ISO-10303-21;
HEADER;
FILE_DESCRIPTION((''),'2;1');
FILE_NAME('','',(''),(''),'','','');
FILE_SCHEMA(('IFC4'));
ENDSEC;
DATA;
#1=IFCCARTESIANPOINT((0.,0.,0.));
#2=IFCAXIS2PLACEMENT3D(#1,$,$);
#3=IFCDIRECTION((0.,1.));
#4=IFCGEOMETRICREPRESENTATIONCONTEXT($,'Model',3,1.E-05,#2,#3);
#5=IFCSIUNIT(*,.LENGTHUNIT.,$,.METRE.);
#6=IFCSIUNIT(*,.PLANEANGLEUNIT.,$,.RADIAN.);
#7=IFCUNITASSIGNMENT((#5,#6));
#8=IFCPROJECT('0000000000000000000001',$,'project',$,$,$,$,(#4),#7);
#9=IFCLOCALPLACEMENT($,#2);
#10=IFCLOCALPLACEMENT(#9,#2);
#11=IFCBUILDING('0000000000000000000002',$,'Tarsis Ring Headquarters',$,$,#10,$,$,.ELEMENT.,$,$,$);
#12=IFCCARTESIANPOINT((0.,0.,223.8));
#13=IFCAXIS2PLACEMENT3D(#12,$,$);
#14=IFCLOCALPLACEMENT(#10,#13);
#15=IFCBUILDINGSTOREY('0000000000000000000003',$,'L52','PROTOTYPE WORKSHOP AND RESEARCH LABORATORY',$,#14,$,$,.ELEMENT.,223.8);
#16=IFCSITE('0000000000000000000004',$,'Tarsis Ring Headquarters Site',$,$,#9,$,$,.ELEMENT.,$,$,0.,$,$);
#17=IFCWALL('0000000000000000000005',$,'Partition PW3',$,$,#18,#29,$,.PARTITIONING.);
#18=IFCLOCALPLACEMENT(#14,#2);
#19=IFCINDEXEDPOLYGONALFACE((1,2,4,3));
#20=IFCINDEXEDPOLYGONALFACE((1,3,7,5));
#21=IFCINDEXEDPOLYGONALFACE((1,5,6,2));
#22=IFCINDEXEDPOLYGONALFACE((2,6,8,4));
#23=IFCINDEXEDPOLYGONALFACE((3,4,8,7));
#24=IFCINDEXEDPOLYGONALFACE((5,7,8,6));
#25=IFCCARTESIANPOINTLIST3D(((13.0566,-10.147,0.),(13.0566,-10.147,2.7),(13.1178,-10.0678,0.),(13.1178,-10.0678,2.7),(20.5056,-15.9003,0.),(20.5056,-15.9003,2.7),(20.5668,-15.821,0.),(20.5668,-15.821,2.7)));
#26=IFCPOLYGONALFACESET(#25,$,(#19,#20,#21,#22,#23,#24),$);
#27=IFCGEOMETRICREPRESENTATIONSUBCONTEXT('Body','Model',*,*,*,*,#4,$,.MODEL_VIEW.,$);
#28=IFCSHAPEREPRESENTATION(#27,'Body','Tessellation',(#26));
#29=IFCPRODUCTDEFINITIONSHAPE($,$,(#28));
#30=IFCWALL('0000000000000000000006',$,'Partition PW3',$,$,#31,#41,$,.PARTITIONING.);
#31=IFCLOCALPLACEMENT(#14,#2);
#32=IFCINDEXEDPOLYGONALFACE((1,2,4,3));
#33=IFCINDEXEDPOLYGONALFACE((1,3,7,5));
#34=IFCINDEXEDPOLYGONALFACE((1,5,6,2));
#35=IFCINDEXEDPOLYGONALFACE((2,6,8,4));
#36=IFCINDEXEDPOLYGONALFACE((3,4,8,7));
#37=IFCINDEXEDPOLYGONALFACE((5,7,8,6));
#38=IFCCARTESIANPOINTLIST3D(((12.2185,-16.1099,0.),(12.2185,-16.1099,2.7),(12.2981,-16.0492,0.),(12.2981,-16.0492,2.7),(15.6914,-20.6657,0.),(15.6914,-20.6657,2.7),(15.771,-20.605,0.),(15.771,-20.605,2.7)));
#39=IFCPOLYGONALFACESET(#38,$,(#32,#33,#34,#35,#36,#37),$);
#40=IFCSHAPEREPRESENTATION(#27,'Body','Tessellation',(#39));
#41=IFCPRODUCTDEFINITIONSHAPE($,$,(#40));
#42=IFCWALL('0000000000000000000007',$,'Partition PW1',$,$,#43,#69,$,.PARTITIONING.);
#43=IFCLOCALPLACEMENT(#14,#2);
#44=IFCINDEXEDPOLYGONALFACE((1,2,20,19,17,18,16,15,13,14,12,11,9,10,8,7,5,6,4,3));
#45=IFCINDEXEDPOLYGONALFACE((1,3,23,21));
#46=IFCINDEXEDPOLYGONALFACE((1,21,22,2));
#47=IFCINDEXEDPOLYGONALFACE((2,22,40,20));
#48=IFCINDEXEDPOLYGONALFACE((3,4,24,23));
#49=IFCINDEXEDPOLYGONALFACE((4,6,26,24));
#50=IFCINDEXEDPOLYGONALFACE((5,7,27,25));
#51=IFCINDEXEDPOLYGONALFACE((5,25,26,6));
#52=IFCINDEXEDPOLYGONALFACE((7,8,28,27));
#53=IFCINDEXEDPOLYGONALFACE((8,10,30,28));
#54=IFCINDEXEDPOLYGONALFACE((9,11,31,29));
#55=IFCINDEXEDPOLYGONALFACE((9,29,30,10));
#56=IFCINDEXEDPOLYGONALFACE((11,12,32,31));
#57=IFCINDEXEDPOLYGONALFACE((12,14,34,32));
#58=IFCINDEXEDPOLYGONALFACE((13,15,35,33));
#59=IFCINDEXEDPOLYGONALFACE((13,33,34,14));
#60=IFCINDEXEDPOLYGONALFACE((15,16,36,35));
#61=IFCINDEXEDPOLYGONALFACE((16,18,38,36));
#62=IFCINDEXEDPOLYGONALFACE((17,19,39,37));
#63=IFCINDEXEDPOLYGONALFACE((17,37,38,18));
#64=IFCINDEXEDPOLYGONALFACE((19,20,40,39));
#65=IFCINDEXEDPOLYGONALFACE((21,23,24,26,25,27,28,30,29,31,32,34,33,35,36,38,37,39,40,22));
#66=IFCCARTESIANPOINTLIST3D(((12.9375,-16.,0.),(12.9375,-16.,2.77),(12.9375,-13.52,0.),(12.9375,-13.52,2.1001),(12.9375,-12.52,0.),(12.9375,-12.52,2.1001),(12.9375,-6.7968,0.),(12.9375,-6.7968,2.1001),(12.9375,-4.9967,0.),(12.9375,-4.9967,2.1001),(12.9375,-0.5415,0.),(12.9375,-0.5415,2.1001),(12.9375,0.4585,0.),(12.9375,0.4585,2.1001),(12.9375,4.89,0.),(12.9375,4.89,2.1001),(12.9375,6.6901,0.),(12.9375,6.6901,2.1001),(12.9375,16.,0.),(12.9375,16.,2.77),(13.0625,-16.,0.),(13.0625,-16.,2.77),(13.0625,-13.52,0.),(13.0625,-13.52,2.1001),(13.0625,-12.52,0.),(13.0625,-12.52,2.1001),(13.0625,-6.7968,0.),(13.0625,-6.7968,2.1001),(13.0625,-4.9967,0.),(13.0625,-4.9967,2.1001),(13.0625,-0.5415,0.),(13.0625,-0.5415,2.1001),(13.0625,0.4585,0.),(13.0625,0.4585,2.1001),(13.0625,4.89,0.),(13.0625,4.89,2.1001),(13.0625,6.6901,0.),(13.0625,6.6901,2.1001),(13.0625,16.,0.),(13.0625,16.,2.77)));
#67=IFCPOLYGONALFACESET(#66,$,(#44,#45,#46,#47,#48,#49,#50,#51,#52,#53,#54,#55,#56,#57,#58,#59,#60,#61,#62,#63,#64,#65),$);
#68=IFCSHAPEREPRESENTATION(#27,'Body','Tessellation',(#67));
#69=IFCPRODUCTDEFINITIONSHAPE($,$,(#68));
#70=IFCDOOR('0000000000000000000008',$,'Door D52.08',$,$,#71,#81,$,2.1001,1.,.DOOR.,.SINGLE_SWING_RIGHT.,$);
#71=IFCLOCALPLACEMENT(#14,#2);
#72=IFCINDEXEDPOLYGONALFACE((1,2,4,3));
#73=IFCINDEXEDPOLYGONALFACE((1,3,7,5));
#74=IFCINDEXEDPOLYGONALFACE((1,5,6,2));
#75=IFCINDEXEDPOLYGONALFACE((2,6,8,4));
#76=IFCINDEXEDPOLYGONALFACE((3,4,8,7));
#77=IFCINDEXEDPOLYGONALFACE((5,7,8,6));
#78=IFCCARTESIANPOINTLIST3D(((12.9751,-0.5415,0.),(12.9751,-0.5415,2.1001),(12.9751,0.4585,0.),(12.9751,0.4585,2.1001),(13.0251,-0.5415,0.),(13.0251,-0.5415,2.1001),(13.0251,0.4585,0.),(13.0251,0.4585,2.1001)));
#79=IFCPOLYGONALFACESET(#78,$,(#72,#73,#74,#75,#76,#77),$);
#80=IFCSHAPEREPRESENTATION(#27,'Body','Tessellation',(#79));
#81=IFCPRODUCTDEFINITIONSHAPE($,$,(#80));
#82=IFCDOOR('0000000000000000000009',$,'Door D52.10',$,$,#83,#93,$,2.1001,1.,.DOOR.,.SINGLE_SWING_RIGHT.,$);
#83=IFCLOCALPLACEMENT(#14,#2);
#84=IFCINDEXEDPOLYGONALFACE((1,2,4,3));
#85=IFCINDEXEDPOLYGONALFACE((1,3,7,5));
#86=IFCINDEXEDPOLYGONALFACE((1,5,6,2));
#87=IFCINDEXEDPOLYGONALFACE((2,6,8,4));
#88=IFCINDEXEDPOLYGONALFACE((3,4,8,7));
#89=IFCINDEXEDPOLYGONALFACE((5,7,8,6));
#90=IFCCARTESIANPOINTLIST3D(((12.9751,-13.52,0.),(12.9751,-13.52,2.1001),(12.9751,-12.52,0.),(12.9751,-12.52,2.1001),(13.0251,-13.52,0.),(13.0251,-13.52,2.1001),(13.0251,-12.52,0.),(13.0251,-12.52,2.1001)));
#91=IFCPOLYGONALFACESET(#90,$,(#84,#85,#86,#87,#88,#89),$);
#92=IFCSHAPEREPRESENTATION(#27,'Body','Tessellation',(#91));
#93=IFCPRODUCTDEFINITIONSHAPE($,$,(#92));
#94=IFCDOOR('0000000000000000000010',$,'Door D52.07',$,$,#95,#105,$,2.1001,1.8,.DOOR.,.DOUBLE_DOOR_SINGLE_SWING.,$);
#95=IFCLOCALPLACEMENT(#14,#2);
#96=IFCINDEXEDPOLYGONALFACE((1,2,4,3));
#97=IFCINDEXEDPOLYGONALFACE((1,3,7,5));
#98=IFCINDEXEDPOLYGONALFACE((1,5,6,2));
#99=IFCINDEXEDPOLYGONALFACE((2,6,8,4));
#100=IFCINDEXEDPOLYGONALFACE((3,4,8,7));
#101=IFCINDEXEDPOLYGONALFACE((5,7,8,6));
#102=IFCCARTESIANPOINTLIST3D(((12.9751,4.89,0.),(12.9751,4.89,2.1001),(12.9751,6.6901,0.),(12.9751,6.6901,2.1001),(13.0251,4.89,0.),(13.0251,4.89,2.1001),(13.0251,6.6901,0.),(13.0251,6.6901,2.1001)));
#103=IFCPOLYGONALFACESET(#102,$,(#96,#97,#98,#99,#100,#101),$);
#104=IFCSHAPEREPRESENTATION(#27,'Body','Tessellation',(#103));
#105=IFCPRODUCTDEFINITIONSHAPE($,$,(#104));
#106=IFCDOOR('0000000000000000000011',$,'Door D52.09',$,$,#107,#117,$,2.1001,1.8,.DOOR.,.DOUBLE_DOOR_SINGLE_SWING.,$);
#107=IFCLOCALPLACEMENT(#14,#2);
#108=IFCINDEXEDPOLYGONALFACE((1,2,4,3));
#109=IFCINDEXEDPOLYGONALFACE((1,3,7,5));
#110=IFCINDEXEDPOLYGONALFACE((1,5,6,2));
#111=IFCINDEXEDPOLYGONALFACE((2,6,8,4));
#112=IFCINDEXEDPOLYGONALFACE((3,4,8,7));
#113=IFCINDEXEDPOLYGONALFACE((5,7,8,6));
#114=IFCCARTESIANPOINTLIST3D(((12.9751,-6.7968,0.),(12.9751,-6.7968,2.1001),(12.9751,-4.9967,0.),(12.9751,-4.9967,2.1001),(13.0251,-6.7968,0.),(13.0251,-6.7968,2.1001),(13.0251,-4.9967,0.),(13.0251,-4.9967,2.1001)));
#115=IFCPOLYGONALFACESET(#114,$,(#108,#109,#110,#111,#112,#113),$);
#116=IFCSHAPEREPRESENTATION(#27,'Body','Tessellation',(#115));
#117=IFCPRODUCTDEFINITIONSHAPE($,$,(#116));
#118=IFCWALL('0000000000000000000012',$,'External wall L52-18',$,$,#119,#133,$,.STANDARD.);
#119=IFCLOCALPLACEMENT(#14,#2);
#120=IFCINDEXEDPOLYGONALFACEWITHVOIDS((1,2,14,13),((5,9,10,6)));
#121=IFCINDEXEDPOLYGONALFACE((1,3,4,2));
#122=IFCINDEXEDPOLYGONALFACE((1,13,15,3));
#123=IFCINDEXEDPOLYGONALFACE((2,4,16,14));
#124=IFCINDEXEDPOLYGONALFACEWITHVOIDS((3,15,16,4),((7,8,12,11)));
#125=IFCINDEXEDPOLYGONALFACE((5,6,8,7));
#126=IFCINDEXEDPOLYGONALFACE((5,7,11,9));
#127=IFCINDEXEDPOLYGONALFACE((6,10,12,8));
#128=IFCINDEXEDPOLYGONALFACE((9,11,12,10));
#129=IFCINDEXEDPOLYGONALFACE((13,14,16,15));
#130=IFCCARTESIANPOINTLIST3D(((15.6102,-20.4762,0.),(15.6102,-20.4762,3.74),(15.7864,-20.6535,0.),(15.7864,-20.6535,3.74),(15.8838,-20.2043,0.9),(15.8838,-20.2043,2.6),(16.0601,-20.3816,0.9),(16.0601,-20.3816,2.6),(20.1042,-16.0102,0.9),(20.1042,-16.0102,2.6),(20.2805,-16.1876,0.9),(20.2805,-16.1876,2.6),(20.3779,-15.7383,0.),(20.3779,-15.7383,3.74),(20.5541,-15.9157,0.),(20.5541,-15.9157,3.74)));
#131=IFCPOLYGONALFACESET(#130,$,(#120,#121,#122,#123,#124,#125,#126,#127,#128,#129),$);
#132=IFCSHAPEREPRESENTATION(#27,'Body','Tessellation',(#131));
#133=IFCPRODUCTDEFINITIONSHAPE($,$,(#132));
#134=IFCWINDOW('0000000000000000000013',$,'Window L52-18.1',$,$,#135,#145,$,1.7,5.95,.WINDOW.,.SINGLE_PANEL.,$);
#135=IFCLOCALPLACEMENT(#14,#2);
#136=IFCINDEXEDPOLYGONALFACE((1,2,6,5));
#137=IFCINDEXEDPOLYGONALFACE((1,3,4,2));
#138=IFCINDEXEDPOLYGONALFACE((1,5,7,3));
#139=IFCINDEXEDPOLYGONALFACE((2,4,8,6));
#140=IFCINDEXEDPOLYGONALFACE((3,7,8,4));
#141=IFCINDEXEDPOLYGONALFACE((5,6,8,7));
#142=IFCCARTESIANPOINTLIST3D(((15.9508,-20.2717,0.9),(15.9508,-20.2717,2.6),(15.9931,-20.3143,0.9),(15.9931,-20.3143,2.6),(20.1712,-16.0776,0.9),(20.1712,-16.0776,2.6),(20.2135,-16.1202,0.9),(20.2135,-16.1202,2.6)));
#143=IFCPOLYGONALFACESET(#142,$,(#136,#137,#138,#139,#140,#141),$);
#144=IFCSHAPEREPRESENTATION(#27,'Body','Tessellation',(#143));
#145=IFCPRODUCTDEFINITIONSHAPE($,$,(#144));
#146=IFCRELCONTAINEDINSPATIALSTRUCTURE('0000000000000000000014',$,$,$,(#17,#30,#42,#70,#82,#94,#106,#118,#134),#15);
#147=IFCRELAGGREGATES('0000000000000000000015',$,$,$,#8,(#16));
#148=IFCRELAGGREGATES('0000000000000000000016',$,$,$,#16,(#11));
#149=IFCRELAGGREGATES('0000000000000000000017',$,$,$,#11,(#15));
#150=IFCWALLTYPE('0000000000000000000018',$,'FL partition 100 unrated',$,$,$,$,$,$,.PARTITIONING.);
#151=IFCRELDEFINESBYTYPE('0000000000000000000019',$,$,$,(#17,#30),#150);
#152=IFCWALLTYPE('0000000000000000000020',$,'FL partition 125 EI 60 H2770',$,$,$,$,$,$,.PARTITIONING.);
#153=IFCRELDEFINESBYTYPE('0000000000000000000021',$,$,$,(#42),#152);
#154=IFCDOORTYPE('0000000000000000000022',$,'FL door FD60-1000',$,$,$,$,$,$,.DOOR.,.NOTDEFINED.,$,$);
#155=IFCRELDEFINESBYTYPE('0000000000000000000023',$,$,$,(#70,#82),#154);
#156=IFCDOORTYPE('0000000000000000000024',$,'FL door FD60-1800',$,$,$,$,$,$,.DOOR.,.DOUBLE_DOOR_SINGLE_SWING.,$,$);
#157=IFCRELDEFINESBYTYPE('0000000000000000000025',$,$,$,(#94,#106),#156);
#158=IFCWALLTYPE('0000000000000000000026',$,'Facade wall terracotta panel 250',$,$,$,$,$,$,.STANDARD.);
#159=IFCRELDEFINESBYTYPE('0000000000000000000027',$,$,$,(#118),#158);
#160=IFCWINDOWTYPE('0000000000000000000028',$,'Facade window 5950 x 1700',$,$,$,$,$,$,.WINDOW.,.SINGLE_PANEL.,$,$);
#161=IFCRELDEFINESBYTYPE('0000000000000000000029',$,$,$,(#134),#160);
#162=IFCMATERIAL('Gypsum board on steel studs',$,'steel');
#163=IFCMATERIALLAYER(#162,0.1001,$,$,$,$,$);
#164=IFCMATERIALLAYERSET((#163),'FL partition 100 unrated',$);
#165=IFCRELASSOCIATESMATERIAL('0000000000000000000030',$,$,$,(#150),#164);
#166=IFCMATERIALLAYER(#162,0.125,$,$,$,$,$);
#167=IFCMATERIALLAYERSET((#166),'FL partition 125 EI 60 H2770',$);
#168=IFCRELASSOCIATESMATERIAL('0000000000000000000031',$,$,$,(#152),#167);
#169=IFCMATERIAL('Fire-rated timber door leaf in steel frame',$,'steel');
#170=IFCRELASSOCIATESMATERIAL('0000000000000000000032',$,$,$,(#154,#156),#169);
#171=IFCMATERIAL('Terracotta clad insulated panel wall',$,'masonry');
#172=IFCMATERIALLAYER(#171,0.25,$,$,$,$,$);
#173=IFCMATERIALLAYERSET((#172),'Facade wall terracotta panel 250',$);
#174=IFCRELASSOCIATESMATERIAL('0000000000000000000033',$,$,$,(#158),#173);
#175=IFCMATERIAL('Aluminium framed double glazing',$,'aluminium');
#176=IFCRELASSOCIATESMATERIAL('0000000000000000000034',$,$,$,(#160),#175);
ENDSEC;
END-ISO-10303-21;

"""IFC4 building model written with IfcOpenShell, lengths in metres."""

from ifc_helpers import new_model, si_unit, direction, frame, frame_2d, origin, place, context, subcontext, project, spatial, rectangle, extrude, material, layer, layer_set, type_object, element, fill, save


model = new_model("IFC4")

# Units and contexts
model_context = context("Model", 3, precision=1e-05, world=origin(), true_north=direction((0.0, 1.0)))
body_context = subcontext(model_context, "Body", "Model", "MODEL_VIEW")
ifc_project = project(units=[si_unit("LENGTHUNIT", "METRE"), si_unit("PLANEANGLEUNIT", "RADIAN")], contexts=[model_context])

# Site, building, storey
site_placement = place(None, origin())
site = spatial("IfcSite", under=ifc_project, at=site_placement, Name="Tarsis Ring Headquarters Site", CompositionType="ELEMENT", RefElevation=0.0)
building_placement = place(site_placement, origin())
building = spatial("IfcBuilding", under=site, at=building_placement, Name="Tarsis Ring Headquarters", CompositionType="ELEMENT")
storey_placement = place(building_placement, frame((0.0, 0.0, 223.8)))
storey = spatial("IfcBuildingStorey", under=building, at=storey_placement, Name="L52", Description="PROTOTYPE WORKSHOP AND RESEARCH LABORATORY", CompositionType="ELEMENT", Elevation=223.8)

# Walls
ifc_material_1 = material(Name="Gypsum board on steel studs", Category="steel")
ifc_layer_1 = layer(ifc_material_1, 0.1001)
ifc_layer_set_1 = layer_set([ifc_layer_1], Name="FL partition 100 unrated")
wall_type_1 = type_object("IfcWallType", Name="FL partition 100 unrated", PredefinedType="PARTITIONING", material=ifc_layer_set_1)
wall_1_placement = place(storey_placement, frame((13.0872, -10.1074, 0.0), z_axis=(0.0, 0.0, 1.0), x_axis=(0.791432, -0.611258, 0.0)))
element("IfcWall", 1, at=wall_1_placement, inside=storey, type_object=wall_type_1, Name="Partition PW3", PredefinedType="PARTITIONING", context=body_context, shape_type="SweptSolid", body=[
    extrude(rectangle(XDim=9.4121, YDim=0.1001, at=frame_2d((4.7061, 0.0))), origin(), (0.0, 0.0, 1.0), 2.7),
])
wall_2_placement = place(storey_placement, frame((12.2583, -16.0796, 0.0), z_axis=(0.0, 0.0, 1.0), x_axis=(0.606255, -0.79527, 0.0)))
element("IfcWall", 2, at=wall_2_placement, inside=storey, type_object=wall_type_1, Name="Partition PW3", PredefinedType="PARTITIONING", context=body_context, shape_type="SweptSolid", body=[
    extrude(rectangle(XDim=5.7285, YDim=0.1001, at=frame_2d((2.8643, 0.0))), origin(), (0.0, 0.0, 1.0), 2.7),
])

# Wall, openings, doors
ifc_layer_2 = layer(ifc_material_1, 0.125)
ifc_layer_set_2 = layer_set([ifc_layer_2], Name="FL partition 125 EI 60 H2770")
wall_type_2 = type_object("IfcWallType", Name="FL partition 125 EI 60 H2770", PredefinedType="PARTITIONING", material=ifc_layer_set_2)
wall_3_placement = place(storey_placement, frame((13.0, -16.0, 0.0), z_axis=(0.0, 0.0, 1.0), x_axis=(0.0, 1.0, 0.0)))
wall_3 = element("IfcWall", 3, at=wall_3_placement, inside=storey, type_object=wall_type_2, Name="Partition PW1", PredefinedType="PARTITIONING", context=body_context, shape_type="SweptSolid", body=[
    extrude(rectangle(XDim=32.0, YDim=0.125, at=frame_2d((16.0, 0.0))), origin(), (0.0, 0.0, 1.0), 2.77),
])
opening_1_placement = place(wall_3_placement, frame((20.8901, 0.0, 0.0)))
opening_1 = element("IfcOpeningElement", 4, at=opening_1_placement, cuts=wall_3, PredefinedType="OPENING", context=body_context, shape_type="SweptSolid", body=[
    extrude(rectangle(XDim=1.8, YDim=2.1001, at=frame_2d((0.8999, 1.05))), frame((0.0, 0.0725, 0.0), z_axis=(0.0, -1.0, 0.0), x_axis=(1.0, 0.0, 0.0)), (0.0, 0.0, 1.0), 0.145),
])
opening_2_placement = place(wall_3_placement, frame((15.4585, 0.0, 0.0)))
opening_2 = element("IfcOpeningElement", 5, at=opening_2_placement, cuts=wall_3, PredefinedType="OPENING", context=body_context, shape_type="SweptSolid", body=[
    extrude(rectangle(XDim=1.0, YDim=2.1001, at=frame_2d((0.5, 1.05))), frame((0.0, 0.0725, 0.0), z_axis=(0.0, -1.0, 0.0), x_axis=(1.0, 0.0, 0.0)), (0.0, 0.0, 1.0), 0.145),
])
opening_3_placement = place(wall_3_placement, frame((9.2034, 0.0, 0.0)))
opening_3 = element("IfcOpeningElement", 6, at=opening_3_placement, cuts=wall_3, PredefinedType="OPENING", context=body_context, shape_type="SweptSolid", body=[
    extrude(rectangle(XDim=1.8, YDim=2.1001, at=frame_2d((0.8999, 1.05))), frame((0.0, 0.0725, 0.0), z_axis=(0.0, -1.0, 0.0), x_axis=(1.0, 0.0, 0.0)), (0.0, 0.0, 1.0), 0.145),
])
opening_4_placement = place(wall_3_placement, frame((2.48, 0.0, 0.0)))
opening_4 = element("IfcOpeningElement", 7, at=opening_4_placement, cuts=wall_3, PredefinedType="OPENING", context=body_context, shape_type="SweptSolid", body=[
    extrude(rectangle(XDim=1.0, YDim=2.1001, at=frame_2d((0.5, 1.05))), frame((0.0, 0.0725, 0.0), z_axis=(0.0, -1.0, 0.0), x_axis=(1.0, 0.0, 0.0)), (0.0, 0.0, 1.0), 0.145),
])
ifc_material_2 = material(Name="Fire-rated timber door leaf in steel frame", Category="steel")
door_type_1 = type_object("IfcDoorType", Name="FL door FD60-1000", OperationType="NOTDEFINED", PredefinedType="DOOR", material=ifc_material_2)
door_1_placement = place(opening_2_placement, origin())
door_1 = element("IfcDoor", 8, at=door_1_placement, inside=storey, type_object=door_type_1, Name="Door D52.08", OperationType="SINGLE_SWING_RIGHT", OverallHeight=2.1001, OverallWidth=1.0, PredefinedType="DOOR", context=body_context, shape_type="SweptSolid", body=[
    extrude(rectangle(XDim=1.0, YDim=2.1001, at=frame_2d((0.5, 1.05))), frame((0.0, 0.0249, 0.0), z_axis=(0.0, -1.0, 0.0), x_axis=(1.0, 0.0, 0.0)), (0.0, 0.0, 1.0), 0.05),
])
fill(opening_2, door_1)
door_2_placement = place(opening_4_placement, origin())
door_2 = element("IfcDoor", 9, at=door_2_placement, inside=storey, type_object=door_type_1, Name="Door D52.10", OperationType="SINGLE_SWING_RIGHT", OverallHeight=2.1001, OverallWidth=1.0, PredefinedType="DOOR", context=body_context, shape_type="SweptSolid", body=[
    extrude(rectangle(XDim=1.0, YDim=2.1001, at=frame_2d((0.5, 1.05))), frame((0.0, 0.0249, 0.0), z_axis=(0.0, -1.0, 0.0), x_axis=(1.0, 0.0, 0.0)), (0.0, 0.0, 1.0), 0.05),
])
fill(opening_4, door_2)
door_type_2 = type_object("IfcDoorType", Name="FL door FD60-1800", OperationType="DOUBLE_DOOR_SINGLE_SWING", PredefinedType="DOOR", material=ifc_material_2)
door_3_placement = place(opening_1_placement, origin())
door_3 = element("IfcDoor", 10, at=door_3_placement, inside=storey, type_object=door_type_2, Name="Door D52.07", OperationType="DOUBLE_DOOR_SINGLE_SWING", OverallHeight=2.1001, OverallWidth=1.8, PredefinedType="DOOR", context=body_context, shape_type="SweptSolid", body=[
    extrude(rectangle(XDim=1.8, YDim=2.1001, at=frame_2d((0.8999, 1.05))), frame((0.0, 0.0249, 0.0), z_axis=(0.0, -1.0, 0.0), x_axis=(1.0, 0.0, 0.0)), (0.0, 0.0, 1.0), 0.05),
])
fill(opening_1, door_3)
door_4_placement = place(opening_3_placement, origin())
door_4 = element("IfcDoor", 11, at=door_4_placement, inside=storey, type_object=door_type_2, Name="Door D52.09", OperationType="DOUBLE_DOOR_SINGLE_SWING", OverallHeight=2.1001, OverallWidth=1.8, PredefinedType="DOOR", context=body_context, shape_type="SweptSolid", body=[
    extrude(rectangle(XDim=1.8, YDim=2.1001, at=frame_2d((0.8999, 1.05))), frame((0.0, 0.0249, 0.0), z_axis=(0.0, -1.0, 0.0), x_axis=(1.0, 0.0, 0.0)), (0.0, 0.0, 1.0), 0.05),
])
fill(opening_3, door_4)

# Wall, opening, window
ifc_material_3 = material(Name="Terracotta clad insulated panel wall", Category="masonry")
ifc_layer_3 = layer(ifc_material_3, 0.25)
ifc_layer_set_3 = layer_set([ifc_layer_3], Name="Facade wall terracotta panel 250")
wall_type_3 = type_object("IfcWallType", Name="Facade wall terracotta panel 250", PredefinedType="STANDARD", material=ifc_layer_set_3)
wall_4_placement = place(storey_placement, frame((15.6982, -20.5649, 0.0), z_axis=(0.0, 0.0, 1.0), x_axis=(0.709319, 0.704888, 0.0)))
wall_4 = element("IfcWall", 12, at=wall_4_placement, inside=storey, type_object=wall_type_3, Name="External wall L52-18", PredefinedType="STANDARD", context=body_context, shape_type="SweptSolid", body=[
    extrude(rectangle(XDim=6.7214, YDim=0.25, at=frame_2d((3.3608, 0.0))), origin(), (0.0, 0.0, 1.0), 3.74),
])
opening_5_placement = place(wall_4_placement, frame((0.3857, 0.0, 0.8999)))
opening_5 = element("IfcOpeningElement", 13, at=opening_5_placement, cuts=wall_4, PredefinedType="OPENING", context=body_context, shape_type="SweptSolid", body=[
    extrude(rectangle(XDim=5.95, YDim=1.7, at=frame_2d((2.9751, 0.8501))), frame((0.0, 0.135, 0.0), z_axis=(0.0, -1.0, 0.0), x_axis=(1.0, 0.0, 0.0)), (0.0, 0.0, 1.0), 0.27),
])
ifc_material_4 = material(Name="Aluminium framed double glazing", Category="aluminium")
window_type = type_object("IfcWindowType", Name="Facade window 5950 x 1700", PartitioningType="SINGLE_PANEL", PredefinedType="WINDOW", material=ifc_material_4)
window_1_placement = place(opening_5_placement, origin())
window_1 = element("IfcWindow", 14, at=window_1_placement, inside=storey, type_object=window_type, Name="Window L52-18.1", OverallHeight=1.7, OverallWidth=5.95, PartitioningType="SINGLE_PANEL", PredefinedType="WINDOW", context=body_context, shape_type="SweptSolid", body=[
    extrude(rectangle(XDim=5.95, YDim=1.7, at=frame_2d((2.9751, 0.8501))), frame((0.0, 0.03, 0.0), z_axis=(0.0, -1.0, 0.0), x_axis=(1.0, 0.0, 0.0)), (0.0, 0.0, 1.0), 0.0601),
])
fill(opening_5, window_1)

save(model, "model.ifc")
